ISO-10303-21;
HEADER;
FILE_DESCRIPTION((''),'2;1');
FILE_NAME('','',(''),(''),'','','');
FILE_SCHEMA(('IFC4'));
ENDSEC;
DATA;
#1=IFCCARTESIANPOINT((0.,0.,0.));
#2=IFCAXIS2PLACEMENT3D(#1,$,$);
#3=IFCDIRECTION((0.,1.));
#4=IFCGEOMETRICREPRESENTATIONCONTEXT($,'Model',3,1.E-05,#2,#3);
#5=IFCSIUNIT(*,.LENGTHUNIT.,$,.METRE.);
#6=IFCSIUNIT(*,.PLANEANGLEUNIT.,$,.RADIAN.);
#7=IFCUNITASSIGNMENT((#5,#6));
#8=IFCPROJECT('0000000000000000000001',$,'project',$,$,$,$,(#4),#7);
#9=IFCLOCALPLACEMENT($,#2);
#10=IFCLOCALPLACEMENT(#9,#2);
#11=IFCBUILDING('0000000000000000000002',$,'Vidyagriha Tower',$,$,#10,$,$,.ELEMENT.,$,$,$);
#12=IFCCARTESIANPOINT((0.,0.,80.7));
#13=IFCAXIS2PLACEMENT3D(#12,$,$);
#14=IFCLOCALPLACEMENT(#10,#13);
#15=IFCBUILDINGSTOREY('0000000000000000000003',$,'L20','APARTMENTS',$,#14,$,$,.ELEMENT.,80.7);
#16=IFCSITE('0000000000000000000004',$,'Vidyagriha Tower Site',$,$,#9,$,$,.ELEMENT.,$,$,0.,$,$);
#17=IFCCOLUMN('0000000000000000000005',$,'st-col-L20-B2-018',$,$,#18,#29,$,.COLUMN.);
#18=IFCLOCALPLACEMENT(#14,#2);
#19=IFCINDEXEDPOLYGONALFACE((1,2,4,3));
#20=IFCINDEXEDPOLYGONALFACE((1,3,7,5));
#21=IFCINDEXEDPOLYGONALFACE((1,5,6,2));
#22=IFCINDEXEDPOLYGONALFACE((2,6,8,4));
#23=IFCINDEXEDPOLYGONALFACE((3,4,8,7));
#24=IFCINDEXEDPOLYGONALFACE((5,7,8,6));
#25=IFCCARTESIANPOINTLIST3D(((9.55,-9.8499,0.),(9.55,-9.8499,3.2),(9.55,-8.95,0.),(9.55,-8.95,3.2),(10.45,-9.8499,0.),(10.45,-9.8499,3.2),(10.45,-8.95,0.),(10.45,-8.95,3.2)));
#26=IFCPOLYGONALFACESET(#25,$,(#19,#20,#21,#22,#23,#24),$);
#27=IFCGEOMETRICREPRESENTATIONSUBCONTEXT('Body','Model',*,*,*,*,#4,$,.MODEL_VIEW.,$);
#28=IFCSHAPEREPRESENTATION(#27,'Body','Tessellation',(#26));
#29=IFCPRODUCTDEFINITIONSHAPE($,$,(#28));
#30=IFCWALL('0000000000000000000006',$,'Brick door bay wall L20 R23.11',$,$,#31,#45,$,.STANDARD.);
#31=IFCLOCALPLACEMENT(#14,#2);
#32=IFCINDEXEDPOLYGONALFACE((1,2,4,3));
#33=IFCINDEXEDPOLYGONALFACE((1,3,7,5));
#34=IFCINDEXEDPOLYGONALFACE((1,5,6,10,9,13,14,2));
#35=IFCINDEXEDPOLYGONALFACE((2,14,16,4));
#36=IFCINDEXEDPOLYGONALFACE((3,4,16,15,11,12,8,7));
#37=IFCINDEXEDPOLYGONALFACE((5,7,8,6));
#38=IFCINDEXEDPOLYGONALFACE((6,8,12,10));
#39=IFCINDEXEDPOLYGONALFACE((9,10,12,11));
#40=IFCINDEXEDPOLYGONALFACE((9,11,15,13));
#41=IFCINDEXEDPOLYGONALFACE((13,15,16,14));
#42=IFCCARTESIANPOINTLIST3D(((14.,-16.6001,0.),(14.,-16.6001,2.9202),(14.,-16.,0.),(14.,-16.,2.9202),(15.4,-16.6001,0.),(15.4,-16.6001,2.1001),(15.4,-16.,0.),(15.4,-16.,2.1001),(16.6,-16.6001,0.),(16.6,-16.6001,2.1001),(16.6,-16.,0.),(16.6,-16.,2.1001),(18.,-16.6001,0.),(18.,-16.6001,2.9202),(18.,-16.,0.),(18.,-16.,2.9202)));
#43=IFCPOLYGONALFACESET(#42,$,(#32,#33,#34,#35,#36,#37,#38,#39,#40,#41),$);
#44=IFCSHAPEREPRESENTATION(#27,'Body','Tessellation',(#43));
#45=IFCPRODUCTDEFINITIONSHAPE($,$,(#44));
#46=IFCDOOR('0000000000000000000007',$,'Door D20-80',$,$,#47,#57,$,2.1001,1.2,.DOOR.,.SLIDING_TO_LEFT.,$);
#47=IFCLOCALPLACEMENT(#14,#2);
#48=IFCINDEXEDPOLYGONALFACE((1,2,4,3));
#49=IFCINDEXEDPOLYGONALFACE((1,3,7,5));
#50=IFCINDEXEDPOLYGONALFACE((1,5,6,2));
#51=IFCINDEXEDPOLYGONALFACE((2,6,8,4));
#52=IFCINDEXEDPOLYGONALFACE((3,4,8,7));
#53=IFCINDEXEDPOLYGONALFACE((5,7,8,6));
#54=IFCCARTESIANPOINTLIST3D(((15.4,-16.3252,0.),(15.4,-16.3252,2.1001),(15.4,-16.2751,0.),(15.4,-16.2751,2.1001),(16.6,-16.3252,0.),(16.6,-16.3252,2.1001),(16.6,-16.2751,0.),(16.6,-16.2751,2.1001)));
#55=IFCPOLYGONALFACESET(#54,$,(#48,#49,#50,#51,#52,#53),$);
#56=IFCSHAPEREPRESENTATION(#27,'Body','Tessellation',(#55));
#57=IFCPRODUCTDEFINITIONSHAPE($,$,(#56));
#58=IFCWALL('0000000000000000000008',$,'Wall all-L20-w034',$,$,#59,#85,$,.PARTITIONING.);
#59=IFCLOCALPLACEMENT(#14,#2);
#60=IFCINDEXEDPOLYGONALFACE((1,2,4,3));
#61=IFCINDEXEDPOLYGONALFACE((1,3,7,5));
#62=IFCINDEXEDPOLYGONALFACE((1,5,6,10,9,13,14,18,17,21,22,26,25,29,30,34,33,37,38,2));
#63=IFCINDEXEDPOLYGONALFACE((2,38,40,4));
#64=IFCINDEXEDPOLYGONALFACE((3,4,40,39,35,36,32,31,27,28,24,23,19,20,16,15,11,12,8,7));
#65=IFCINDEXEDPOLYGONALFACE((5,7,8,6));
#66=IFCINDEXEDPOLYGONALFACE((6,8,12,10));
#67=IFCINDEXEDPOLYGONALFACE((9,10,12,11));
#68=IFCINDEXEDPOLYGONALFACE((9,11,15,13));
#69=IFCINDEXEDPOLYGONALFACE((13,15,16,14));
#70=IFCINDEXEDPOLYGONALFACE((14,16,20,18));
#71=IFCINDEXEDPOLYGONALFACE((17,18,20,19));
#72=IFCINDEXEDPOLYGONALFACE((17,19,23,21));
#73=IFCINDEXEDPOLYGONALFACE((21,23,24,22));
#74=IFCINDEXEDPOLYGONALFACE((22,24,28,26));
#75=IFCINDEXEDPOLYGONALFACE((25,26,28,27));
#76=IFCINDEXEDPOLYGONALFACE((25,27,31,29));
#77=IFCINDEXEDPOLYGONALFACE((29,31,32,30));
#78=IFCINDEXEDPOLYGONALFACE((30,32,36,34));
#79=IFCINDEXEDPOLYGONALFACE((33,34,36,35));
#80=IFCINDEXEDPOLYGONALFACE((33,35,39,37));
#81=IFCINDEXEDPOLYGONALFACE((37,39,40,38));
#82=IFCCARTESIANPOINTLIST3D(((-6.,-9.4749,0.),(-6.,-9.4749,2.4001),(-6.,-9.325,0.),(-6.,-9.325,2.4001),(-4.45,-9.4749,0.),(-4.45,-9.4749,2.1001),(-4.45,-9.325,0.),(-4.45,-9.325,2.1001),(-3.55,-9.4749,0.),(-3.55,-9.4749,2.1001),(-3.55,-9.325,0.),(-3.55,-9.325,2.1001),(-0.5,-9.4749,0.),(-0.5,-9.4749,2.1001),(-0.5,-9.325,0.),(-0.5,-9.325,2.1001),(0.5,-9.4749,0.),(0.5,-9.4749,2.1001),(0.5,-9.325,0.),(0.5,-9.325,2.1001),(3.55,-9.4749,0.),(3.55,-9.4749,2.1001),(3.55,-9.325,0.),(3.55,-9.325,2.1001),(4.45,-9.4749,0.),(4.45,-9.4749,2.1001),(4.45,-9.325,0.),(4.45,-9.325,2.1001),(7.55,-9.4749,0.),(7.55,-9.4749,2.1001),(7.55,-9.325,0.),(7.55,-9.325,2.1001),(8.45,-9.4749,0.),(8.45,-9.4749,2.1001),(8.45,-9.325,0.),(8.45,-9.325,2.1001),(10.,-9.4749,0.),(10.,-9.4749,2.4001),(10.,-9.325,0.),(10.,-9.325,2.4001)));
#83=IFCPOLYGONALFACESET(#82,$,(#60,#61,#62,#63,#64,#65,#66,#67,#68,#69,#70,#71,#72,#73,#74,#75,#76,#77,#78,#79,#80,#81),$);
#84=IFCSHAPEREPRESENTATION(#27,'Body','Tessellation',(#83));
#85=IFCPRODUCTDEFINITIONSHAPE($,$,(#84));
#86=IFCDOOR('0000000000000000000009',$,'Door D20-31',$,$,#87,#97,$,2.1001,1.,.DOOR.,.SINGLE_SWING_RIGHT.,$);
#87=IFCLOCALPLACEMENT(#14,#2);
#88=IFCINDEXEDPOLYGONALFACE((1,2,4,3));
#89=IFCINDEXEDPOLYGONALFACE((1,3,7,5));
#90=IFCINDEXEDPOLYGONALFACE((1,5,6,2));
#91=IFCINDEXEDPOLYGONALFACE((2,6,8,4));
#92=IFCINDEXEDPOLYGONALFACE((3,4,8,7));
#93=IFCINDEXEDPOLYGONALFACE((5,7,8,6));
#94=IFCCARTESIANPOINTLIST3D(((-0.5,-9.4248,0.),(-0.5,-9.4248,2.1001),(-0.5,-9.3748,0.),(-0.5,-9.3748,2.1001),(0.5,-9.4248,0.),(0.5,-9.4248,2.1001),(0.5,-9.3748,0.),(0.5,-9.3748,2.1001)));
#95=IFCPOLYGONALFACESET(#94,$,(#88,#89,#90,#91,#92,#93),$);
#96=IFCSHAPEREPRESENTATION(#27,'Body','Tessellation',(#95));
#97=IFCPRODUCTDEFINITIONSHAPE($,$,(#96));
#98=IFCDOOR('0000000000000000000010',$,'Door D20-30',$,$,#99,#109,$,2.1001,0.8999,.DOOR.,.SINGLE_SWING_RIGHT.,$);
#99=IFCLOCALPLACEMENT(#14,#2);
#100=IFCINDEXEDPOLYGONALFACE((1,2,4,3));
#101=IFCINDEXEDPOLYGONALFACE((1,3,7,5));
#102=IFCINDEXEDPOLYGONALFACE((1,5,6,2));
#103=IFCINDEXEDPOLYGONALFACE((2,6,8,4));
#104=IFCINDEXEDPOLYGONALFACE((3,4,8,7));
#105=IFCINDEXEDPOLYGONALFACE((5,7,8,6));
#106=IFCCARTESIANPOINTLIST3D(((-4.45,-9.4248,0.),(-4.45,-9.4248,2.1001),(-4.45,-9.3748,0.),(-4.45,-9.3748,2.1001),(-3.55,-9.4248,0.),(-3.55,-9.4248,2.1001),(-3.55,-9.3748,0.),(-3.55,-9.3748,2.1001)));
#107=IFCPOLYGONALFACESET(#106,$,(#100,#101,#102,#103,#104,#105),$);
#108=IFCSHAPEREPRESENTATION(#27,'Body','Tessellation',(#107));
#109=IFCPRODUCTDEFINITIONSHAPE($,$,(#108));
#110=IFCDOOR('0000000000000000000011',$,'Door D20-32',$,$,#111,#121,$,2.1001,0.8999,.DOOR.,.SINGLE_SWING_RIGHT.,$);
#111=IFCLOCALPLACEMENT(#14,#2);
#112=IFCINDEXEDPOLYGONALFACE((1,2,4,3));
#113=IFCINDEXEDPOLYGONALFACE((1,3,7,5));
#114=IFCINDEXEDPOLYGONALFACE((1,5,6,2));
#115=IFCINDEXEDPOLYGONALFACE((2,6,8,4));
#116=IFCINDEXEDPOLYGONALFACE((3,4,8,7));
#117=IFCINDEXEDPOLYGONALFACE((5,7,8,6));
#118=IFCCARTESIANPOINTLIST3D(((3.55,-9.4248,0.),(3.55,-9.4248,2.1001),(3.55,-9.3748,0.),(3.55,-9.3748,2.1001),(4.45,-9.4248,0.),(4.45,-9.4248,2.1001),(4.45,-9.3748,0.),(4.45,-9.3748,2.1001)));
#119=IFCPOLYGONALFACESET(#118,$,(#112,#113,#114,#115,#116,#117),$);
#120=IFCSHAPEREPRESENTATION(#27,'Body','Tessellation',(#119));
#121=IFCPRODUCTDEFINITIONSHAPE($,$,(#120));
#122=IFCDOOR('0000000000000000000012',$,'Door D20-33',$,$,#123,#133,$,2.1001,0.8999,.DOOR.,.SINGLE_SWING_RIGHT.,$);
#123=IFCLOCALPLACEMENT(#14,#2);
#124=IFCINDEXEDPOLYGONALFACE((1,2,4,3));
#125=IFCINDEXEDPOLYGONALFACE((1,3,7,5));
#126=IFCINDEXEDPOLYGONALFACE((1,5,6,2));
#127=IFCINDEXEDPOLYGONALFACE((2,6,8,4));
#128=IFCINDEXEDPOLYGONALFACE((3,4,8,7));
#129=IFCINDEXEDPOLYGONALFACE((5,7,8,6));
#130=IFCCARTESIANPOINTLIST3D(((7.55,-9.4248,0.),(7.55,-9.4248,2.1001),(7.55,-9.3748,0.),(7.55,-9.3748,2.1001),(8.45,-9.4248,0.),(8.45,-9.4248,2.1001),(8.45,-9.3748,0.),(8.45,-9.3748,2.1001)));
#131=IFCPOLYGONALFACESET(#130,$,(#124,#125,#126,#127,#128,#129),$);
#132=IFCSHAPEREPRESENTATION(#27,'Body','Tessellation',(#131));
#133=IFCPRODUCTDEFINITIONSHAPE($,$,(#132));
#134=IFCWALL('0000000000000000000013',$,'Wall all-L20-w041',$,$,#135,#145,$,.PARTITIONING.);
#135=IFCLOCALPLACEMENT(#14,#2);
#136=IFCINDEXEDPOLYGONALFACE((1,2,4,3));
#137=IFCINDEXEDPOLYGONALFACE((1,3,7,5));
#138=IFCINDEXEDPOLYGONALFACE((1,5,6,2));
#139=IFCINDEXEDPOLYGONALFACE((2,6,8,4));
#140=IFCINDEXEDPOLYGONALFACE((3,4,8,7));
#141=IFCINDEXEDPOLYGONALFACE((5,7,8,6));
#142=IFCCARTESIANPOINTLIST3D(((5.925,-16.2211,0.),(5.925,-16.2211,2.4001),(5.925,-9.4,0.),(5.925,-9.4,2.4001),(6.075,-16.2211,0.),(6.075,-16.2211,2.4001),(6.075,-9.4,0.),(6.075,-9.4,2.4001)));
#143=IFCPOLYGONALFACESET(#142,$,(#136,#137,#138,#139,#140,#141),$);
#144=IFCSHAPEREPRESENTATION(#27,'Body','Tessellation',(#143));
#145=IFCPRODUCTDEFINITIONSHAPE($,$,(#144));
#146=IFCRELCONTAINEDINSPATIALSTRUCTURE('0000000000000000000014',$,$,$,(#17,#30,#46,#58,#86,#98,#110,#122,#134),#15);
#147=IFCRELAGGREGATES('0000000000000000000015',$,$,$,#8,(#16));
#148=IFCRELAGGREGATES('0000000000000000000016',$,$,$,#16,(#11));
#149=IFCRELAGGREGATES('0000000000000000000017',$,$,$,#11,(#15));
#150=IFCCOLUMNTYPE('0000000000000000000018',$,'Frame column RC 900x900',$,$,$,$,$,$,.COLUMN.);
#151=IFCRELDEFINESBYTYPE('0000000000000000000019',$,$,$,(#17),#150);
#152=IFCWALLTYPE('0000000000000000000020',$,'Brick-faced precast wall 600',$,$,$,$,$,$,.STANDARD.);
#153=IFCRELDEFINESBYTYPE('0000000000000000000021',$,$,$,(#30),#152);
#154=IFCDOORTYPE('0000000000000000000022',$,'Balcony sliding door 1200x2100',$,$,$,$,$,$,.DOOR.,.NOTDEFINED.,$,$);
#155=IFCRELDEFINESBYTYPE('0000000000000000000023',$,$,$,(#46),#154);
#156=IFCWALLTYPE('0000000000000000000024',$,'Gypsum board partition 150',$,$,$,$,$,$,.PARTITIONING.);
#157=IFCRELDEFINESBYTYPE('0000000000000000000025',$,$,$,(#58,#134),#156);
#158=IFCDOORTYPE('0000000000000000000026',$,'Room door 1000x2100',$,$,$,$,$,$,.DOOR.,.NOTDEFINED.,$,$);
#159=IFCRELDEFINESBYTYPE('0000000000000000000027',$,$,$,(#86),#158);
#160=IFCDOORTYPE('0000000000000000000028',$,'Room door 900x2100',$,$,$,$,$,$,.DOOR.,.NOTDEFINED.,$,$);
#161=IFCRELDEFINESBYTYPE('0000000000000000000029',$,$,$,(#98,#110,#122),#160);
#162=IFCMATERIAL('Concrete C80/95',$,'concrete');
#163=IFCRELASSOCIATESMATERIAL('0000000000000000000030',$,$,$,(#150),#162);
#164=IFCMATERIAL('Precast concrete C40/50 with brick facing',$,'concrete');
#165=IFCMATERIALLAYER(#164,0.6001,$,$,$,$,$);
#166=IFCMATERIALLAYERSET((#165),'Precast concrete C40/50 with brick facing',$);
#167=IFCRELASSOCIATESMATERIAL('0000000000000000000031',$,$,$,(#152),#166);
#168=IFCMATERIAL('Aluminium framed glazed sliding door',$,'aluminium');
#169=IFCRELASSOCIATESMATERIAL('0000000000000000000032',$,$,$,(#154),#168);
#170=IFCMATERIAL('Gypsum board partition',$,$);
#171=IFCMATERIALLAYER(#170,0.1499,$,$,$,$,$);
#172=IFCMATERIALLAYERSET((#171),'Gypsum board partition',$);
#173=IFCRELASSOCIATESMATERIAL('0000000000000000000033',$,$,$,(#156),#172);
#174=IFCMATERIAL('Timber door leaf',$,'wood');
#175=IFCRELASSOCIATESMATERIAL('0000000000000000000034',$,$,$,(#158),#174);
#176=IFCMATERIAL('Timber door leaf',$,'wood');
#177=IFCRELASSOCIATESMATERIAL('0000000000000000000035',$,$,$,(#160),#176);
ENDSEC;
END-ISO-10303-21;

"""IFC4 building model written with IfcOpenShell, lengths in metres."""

from ifc_helpers import new_model, si_unit, direction, frame, frame_2d, origin, origin_2d, place, context, subcontext, project, spatial, rectangle, extrude, material, layer, layer_set, material_profile, profile_set, type_object, element, fill, save


model = new_model("IFC4")

# Units and contexts
model_context = context("Model", 3, precision=1e-05, world=origin(), true_north=direction((0.0, 1.0)))
body_context = subcontext(model_context, "Body", "Model", "MODEL_VIEW")
ifc_project = project(units=[si_unit("LENGTHUNIT", "METRE"), si_unit("PLANEANGLEUNIT", "RADIAN")], contexts=[model_context])

# Site, building, storey
site_placement = place(None, origin())
site = spatial("IfcSite", under=ifc_project, at=site_placement, Name="Vidyagriha Tower Site", CompositionType="ELEMENT", RefElevation=0.0)
building_placement = place(site_placement, origin())
building = spatial("IfcBuilding", under=site, at=building_placement, Name="Vidyagriha Tower", CompositionType="ELEMENT")
storey_placement = place(building_placement, frame((0.0, 0.0, 80.7)))
storey = spatial("IfcBuildingStorey", under=building, at=storey_placement, Name="L20", Description="APARTMENTS", CompositionType="ELEMENT", Elevation=80.7)

# Column
ifc_material_1 = material(Name="Concrete C80/95", Category="concrete")
ifc_material_profile = material_profile(ifc_material_1, rectangle(XDim=0.8999, YDim=0.8999, at=origin_2d()), Name="RC 900x900")
ifc_profile_set = profile_set([ifc_material_profile], Name="Concrete C80/95")
column_type = type_object("IfcColumnType", Name="Frame column RC 900x900", PredefinedType="COLUMN", material=ifc_profile_set)
column_placement = place(storey_placement, frame((10.0, -9.3999, 0.0)))
element("IfcColumn", 1, at=column_placement, inside=storey, type_object=column_type, Name="st-col-L20-B2-018", PredefinedType="COLUMN", context=body_context, shape_type="SweptSolid", body=[
    extrude(rectangle(XDim=0.8999, YDim=0.8999, at=origin_2d()), origin(), (0.0, 0.0, 1.0), 3.2),
])

# Wall, opening, door
ifc_material_2 = material(Name="Precast concrete C40/50 with brick facing", Category="concrete")
ifc_layer_1 = layer(ifc_material_2, 0.6001)
ifc_layer_set_1 = layer_set([ifc_layer_1], Name="Precast concrete C40/50 with brick facing")
wall_type_1 = type_object("IfcWallType", Name="Brick-faced precast wall 600", PredefinedType="STANDARD", material=ifc_layer_set_1)
wall_1_placement = place(storey_placement, frame((14.0, -16.3, 0.0)))
wall_1 = element("IfcWall", 2, at=wall_1_placement, inside=storey, type_object=wall_type_1, Name="Brick door bay wall L20 R23.11", PredefinedType="STANDARD", context=body_context, shape_type="SweptSolid", body=[
    extrude(rectangle(XDim=4.0, YDim=0.6001, at=frame_2d((2.0, 0.0))), origin(), (0.0, 0.0, 1.0), 2.9202),
])
opening_1_placement = place(wall_1_placement, frame((1.3999, 0.0, 0.0)))
opening_1 = element("IfcOpeningElement", 3, at=opening_1_placement, cuts=wall_1, PredefinedType="OPENING", context=body_context, shape_type="SweptSolid", body=[
    extrude(rectangle(XDim=1.2, YDim=2.1001, at=frame_2d((0.6001, 1.05))), frame((0.0, 0.3101, 0.0), z_axis=(0.0, -1.0, 0.0), x_axis=(1.0, 0.0, 0.0)), (0.0, 0.0, 1.0), 0.6201),
])
ifc_material_3 = material(Name="Aluminium framed glazed sliding door", Category="aluminium")
door_type_1 = type_object("IfcDoorType", Name="Balcony sliding door 1200x2100", OperationType="NOTDEFINED", PredefinedType="DOOR", material=ifc_material_3)
door_1_placement = place(opening_1_placement, origin())
door_1 = element("IfcDoor", 4, at=door_1_placement, inside=storey, type_object=door_type_1, Name="Door D20-80", OperationType="SLIDING_TO_LEFT", OverallHeight=2.1001, OverallWidth=1.2, PredefinedType="DOOR", context=body_context, shape_type="SweptSolid", body=[
    extrude(rectangle(XDim=1.2, YDim=2.1001, at=frame_2d((0.6001, 1.05))), frame((0.0, 0.0249, 0.0), z_axis=(0.0, -1.0, 0.0), x_axis=(1.0, 0.0, 0.0)), (0.0, 0.0, 1.0), 0.05),
])
fill(opening_1, door_1)

# Wall, openings, doors
ifc_material_4 = material(Name="Gypsum board partition")
ifc_layer_2 = layer(ifc_material_4, 0.1499)
ifc_layer_set_2 = layer_set([ifc_layer_2], Name="Gypsum board partition")
wall_type_2 = type_object("IfcWallType", Name="Gypsum board partition 150", PredefinedType="PARTITIONING", material=ifc_layer_set_2)
wall_2_placement = place(storey_placement, frame((10.0, -9.3999, 0.0), z_axis=(0.0, 0.0, 1.0), x_axis=(-1.0, 0.0, 0.0)))
wall_2 = element("IfcWall", 5, at=wall_2_placement, inside=storey, type_object=wall_type_2, Name="Wall all-L20-w034", PredefinedType="PARTITIONING", context=body_context, shape_type="SweptSolid", body=[
    extrude(rectangle(XDim=16.0, YDim=0.1499, at=frame_2d((8.0, 0.0))), origin(), (0.0, 0.0, 1.0), 2.4001),
])
opening_2_placement = place(wall_2_placement, frame((13.55, 0.0, 0.0)))
opening_2 = element("IfcOpeningElement", 6, at=opening_2_placement, cuts=wall_2, PredefinedType="OPENING", context=body_context, shape_type="SweptSolid", body=[
    extrude(rectangle(XDim=0.8999, YDim=2.1001, at=frame_2d((0.45, 1.05))), frame((0.0, 0.085, 0.0), z_axis=(0.0, -1.0, 0.0), x_axis=(1.0, 0.0, 0.0)), (0.0, 0.0, 1.0), 0.1699),
])
opening_3_placement = place(wall_2_placement, frame((9.5, 0.0, 0.0)))
opening_3 = element("IfcOpeningElement", 7, at=opening_3_placement, cuts=wall_2, PredefinedType="OPENING", context=body_context, shape_type="SweptSolid", body=[
    extrude(rectangle(XDim=1.0, YDim=2.1001, at=frame_2d((0.5, 1.05))), frame((0.0, 0.085, 0.0), z_axis=(0.0, -1.0, 0.0), x_axis=(1.0, 0.0, 0.0)), (0.0, 0.0, 1.0), 0.1699),
])
opening_4_placement = place(wall_2_placement, frame((5.55, 0.0, 0.0)))
opening_4 = element("IfcOpeningElement", 8, at=opening_4_placement, cuts=wall_2, PredefinedType="OPENING", context=body_context, shape_type="SweptSolid", body=[
    extrude(rectangle(XDim=0.8999, YDim=2.1001, at=frame_2d((0.45, 1.05))), frame((0.0, 0.085, 0.0), z_axis=(0.0, -1.0, 0.0), x_axis=(1.0, 0.0, 0.0)), (0.0, 0.0, 1.0), 0.1699),
])
opening_5_placement = place(wall_2_placement, frame((1.55, 0.0, 0.0)))
opening_5 = element("IfcOpeningElement", 9, at=opening_5_placement, cuts=wall_2, PredefinedType="OPENING", context=body_context, shape_type="SweptSolid", body=[
    extrude(rectangle(XDim=0.8999, YDim=2.1001, at=frame_2d((0.45, 1.05))), frame((0.0, 0.085, 0.0), z_axis=(0.0, -1.0, 0.0), x_axis=(1.0, 0.0, 0.0)), (0.0, 0.0, 1.0), 0.1699),
])
ifc_material_5 = material(Name="Timber door leaf", Category="wood")
door_type_2 = type_object("IfcDoorType", Name="Room door 1000x2100", OperationType="NOTDEFINED", PredefinedType="DOOR", material=ifc_material_5)
door_2_placement = place(opening_3_placement, origin())
door_2 = element("IfcDoor", 10, at=door_2_placement, inside=storey, type_object=door_type_2, Name="Door D20-31", OperationType="SINGLE_SWING_RIGHT", OverallHeight=2.1001, OverallWidth=1.0, PredefinedType="DOOR", context=body_context, shape_type="SweptSolid", body=[
    extrude(rectangle(XDim=1.0, YDim=2.1001, at=frame_2d((0.5, 1.05))), frame((0.0, 0.0249, 0.0), z_axis=(0.0, -1.0, 0.0), x_axis=(1.0, 0.0, 0.0)), (0.0, 0.0, 1.0), 0.05),
])
fill(opening_3, door_2)
ifc_material_6 = material(Name="Timber door leaf", Category="wood")
door_type_3 = type_object("IfcDoorType", Name="Room door 900x2100", OperationType="NOTDEFINED", PredefinedType="DOOR", material=ifc_material_6)
door_3_placement = place(opening_2_placement, origin())
door_3 = element("IfcDoor", 11, at=door_3_placement, inside=storey, type_object=door_type_3, Name="Door D20-30", OperationType="SINGLE_SWING_RIGHT", OverallHeight=2.1001, OverallWidth=0.8999, PredefinedType="DOOR", context=body_context, shape_type="SweptSolid", body=[
    extrude(rectangle(XDim=0.8999, YDim=2.1001, at=frame_2d((0.45, 1.05))), frame((0.0, 0.0249, 0.0), z_axis=(0.0, -1.0, 0.0), x_axis=(1.0, 0.0, 0.0)), (0.0, 0.0, 1.0), 0.05),
])
fill(opening_2, door_3)
door_4_placement = place(opening_4_placement, origin())
door_4 = element("IfcDoor", 12, at=door_4_placement, inside=storey, type_object=door_type_3, Name="Door D20-32", OperationType="SINGLE_SWING_RIGHT", OverallHeight=2.1001, OverallWidth=0.8999, PredefinedType="DOOR", context=body_context, shape_type="SweptSolid", body=[
    extrude(rectangle(XDim=0.8999, YDim=2.1001, at=frame_2d((0.45, 1.05))), frame((0.0, 0.0249, 0.0), z_axis=(0.0, -1.0, 0.0), x_axis=(1.0, 0.0, 0.0)), (0.0, 0.0, 1.0), 0.05),
])
fill(opening_4, door_4)
door_5_placement = place(opening_5_placement, origin())
door_5 = element("IfcDoor", 13, at=door_5_placement, inside=storey, type_object=door_type_3, Name="Door D20-33", OperationType="SINGLE_SWING_RIGHT", OverallHeight=2.1001, OverallWidth=0.8999, PredefinedType="DOOR", context=body_context, shape_type="SweptSolid", body=[
    extrude(rectangle(XDim=0.8999, YDim=2.1001, at=frame_2d((0.45, 1.05))), frame((0.0, 0.0249, 0.0), z_axis=(0.0, -1.0, 0.0), x_axis=(1.0, 0.0, 0.0)), (0.0, 0.0, 1.0), 0.05),
])
fill(opening_5, door_5)

# Wall
wall_3_placement = place(storey_placement, frame((6.0, -9.3999, 0.0), z_axis=(0.0, 0.0, 1.0), x_axis=(0.0, -1.0, 0.0)))
element("IfcWall", 14, at=wall_3_placement, inside=storey, type_object=wall_type_2, Name="Wall all-L20-w041", PredefinedType="PARTITIONING", context=body_context, shape_type="SweptSolid", body=[
    extrude(rectangle(XDim=6.821, YDim=0.1499, at=frame_2d((3.4106, 0.0))), origin(), (0.0, 0.0, 1.0), 2.4001),
])

save(model, "model.ifc")
